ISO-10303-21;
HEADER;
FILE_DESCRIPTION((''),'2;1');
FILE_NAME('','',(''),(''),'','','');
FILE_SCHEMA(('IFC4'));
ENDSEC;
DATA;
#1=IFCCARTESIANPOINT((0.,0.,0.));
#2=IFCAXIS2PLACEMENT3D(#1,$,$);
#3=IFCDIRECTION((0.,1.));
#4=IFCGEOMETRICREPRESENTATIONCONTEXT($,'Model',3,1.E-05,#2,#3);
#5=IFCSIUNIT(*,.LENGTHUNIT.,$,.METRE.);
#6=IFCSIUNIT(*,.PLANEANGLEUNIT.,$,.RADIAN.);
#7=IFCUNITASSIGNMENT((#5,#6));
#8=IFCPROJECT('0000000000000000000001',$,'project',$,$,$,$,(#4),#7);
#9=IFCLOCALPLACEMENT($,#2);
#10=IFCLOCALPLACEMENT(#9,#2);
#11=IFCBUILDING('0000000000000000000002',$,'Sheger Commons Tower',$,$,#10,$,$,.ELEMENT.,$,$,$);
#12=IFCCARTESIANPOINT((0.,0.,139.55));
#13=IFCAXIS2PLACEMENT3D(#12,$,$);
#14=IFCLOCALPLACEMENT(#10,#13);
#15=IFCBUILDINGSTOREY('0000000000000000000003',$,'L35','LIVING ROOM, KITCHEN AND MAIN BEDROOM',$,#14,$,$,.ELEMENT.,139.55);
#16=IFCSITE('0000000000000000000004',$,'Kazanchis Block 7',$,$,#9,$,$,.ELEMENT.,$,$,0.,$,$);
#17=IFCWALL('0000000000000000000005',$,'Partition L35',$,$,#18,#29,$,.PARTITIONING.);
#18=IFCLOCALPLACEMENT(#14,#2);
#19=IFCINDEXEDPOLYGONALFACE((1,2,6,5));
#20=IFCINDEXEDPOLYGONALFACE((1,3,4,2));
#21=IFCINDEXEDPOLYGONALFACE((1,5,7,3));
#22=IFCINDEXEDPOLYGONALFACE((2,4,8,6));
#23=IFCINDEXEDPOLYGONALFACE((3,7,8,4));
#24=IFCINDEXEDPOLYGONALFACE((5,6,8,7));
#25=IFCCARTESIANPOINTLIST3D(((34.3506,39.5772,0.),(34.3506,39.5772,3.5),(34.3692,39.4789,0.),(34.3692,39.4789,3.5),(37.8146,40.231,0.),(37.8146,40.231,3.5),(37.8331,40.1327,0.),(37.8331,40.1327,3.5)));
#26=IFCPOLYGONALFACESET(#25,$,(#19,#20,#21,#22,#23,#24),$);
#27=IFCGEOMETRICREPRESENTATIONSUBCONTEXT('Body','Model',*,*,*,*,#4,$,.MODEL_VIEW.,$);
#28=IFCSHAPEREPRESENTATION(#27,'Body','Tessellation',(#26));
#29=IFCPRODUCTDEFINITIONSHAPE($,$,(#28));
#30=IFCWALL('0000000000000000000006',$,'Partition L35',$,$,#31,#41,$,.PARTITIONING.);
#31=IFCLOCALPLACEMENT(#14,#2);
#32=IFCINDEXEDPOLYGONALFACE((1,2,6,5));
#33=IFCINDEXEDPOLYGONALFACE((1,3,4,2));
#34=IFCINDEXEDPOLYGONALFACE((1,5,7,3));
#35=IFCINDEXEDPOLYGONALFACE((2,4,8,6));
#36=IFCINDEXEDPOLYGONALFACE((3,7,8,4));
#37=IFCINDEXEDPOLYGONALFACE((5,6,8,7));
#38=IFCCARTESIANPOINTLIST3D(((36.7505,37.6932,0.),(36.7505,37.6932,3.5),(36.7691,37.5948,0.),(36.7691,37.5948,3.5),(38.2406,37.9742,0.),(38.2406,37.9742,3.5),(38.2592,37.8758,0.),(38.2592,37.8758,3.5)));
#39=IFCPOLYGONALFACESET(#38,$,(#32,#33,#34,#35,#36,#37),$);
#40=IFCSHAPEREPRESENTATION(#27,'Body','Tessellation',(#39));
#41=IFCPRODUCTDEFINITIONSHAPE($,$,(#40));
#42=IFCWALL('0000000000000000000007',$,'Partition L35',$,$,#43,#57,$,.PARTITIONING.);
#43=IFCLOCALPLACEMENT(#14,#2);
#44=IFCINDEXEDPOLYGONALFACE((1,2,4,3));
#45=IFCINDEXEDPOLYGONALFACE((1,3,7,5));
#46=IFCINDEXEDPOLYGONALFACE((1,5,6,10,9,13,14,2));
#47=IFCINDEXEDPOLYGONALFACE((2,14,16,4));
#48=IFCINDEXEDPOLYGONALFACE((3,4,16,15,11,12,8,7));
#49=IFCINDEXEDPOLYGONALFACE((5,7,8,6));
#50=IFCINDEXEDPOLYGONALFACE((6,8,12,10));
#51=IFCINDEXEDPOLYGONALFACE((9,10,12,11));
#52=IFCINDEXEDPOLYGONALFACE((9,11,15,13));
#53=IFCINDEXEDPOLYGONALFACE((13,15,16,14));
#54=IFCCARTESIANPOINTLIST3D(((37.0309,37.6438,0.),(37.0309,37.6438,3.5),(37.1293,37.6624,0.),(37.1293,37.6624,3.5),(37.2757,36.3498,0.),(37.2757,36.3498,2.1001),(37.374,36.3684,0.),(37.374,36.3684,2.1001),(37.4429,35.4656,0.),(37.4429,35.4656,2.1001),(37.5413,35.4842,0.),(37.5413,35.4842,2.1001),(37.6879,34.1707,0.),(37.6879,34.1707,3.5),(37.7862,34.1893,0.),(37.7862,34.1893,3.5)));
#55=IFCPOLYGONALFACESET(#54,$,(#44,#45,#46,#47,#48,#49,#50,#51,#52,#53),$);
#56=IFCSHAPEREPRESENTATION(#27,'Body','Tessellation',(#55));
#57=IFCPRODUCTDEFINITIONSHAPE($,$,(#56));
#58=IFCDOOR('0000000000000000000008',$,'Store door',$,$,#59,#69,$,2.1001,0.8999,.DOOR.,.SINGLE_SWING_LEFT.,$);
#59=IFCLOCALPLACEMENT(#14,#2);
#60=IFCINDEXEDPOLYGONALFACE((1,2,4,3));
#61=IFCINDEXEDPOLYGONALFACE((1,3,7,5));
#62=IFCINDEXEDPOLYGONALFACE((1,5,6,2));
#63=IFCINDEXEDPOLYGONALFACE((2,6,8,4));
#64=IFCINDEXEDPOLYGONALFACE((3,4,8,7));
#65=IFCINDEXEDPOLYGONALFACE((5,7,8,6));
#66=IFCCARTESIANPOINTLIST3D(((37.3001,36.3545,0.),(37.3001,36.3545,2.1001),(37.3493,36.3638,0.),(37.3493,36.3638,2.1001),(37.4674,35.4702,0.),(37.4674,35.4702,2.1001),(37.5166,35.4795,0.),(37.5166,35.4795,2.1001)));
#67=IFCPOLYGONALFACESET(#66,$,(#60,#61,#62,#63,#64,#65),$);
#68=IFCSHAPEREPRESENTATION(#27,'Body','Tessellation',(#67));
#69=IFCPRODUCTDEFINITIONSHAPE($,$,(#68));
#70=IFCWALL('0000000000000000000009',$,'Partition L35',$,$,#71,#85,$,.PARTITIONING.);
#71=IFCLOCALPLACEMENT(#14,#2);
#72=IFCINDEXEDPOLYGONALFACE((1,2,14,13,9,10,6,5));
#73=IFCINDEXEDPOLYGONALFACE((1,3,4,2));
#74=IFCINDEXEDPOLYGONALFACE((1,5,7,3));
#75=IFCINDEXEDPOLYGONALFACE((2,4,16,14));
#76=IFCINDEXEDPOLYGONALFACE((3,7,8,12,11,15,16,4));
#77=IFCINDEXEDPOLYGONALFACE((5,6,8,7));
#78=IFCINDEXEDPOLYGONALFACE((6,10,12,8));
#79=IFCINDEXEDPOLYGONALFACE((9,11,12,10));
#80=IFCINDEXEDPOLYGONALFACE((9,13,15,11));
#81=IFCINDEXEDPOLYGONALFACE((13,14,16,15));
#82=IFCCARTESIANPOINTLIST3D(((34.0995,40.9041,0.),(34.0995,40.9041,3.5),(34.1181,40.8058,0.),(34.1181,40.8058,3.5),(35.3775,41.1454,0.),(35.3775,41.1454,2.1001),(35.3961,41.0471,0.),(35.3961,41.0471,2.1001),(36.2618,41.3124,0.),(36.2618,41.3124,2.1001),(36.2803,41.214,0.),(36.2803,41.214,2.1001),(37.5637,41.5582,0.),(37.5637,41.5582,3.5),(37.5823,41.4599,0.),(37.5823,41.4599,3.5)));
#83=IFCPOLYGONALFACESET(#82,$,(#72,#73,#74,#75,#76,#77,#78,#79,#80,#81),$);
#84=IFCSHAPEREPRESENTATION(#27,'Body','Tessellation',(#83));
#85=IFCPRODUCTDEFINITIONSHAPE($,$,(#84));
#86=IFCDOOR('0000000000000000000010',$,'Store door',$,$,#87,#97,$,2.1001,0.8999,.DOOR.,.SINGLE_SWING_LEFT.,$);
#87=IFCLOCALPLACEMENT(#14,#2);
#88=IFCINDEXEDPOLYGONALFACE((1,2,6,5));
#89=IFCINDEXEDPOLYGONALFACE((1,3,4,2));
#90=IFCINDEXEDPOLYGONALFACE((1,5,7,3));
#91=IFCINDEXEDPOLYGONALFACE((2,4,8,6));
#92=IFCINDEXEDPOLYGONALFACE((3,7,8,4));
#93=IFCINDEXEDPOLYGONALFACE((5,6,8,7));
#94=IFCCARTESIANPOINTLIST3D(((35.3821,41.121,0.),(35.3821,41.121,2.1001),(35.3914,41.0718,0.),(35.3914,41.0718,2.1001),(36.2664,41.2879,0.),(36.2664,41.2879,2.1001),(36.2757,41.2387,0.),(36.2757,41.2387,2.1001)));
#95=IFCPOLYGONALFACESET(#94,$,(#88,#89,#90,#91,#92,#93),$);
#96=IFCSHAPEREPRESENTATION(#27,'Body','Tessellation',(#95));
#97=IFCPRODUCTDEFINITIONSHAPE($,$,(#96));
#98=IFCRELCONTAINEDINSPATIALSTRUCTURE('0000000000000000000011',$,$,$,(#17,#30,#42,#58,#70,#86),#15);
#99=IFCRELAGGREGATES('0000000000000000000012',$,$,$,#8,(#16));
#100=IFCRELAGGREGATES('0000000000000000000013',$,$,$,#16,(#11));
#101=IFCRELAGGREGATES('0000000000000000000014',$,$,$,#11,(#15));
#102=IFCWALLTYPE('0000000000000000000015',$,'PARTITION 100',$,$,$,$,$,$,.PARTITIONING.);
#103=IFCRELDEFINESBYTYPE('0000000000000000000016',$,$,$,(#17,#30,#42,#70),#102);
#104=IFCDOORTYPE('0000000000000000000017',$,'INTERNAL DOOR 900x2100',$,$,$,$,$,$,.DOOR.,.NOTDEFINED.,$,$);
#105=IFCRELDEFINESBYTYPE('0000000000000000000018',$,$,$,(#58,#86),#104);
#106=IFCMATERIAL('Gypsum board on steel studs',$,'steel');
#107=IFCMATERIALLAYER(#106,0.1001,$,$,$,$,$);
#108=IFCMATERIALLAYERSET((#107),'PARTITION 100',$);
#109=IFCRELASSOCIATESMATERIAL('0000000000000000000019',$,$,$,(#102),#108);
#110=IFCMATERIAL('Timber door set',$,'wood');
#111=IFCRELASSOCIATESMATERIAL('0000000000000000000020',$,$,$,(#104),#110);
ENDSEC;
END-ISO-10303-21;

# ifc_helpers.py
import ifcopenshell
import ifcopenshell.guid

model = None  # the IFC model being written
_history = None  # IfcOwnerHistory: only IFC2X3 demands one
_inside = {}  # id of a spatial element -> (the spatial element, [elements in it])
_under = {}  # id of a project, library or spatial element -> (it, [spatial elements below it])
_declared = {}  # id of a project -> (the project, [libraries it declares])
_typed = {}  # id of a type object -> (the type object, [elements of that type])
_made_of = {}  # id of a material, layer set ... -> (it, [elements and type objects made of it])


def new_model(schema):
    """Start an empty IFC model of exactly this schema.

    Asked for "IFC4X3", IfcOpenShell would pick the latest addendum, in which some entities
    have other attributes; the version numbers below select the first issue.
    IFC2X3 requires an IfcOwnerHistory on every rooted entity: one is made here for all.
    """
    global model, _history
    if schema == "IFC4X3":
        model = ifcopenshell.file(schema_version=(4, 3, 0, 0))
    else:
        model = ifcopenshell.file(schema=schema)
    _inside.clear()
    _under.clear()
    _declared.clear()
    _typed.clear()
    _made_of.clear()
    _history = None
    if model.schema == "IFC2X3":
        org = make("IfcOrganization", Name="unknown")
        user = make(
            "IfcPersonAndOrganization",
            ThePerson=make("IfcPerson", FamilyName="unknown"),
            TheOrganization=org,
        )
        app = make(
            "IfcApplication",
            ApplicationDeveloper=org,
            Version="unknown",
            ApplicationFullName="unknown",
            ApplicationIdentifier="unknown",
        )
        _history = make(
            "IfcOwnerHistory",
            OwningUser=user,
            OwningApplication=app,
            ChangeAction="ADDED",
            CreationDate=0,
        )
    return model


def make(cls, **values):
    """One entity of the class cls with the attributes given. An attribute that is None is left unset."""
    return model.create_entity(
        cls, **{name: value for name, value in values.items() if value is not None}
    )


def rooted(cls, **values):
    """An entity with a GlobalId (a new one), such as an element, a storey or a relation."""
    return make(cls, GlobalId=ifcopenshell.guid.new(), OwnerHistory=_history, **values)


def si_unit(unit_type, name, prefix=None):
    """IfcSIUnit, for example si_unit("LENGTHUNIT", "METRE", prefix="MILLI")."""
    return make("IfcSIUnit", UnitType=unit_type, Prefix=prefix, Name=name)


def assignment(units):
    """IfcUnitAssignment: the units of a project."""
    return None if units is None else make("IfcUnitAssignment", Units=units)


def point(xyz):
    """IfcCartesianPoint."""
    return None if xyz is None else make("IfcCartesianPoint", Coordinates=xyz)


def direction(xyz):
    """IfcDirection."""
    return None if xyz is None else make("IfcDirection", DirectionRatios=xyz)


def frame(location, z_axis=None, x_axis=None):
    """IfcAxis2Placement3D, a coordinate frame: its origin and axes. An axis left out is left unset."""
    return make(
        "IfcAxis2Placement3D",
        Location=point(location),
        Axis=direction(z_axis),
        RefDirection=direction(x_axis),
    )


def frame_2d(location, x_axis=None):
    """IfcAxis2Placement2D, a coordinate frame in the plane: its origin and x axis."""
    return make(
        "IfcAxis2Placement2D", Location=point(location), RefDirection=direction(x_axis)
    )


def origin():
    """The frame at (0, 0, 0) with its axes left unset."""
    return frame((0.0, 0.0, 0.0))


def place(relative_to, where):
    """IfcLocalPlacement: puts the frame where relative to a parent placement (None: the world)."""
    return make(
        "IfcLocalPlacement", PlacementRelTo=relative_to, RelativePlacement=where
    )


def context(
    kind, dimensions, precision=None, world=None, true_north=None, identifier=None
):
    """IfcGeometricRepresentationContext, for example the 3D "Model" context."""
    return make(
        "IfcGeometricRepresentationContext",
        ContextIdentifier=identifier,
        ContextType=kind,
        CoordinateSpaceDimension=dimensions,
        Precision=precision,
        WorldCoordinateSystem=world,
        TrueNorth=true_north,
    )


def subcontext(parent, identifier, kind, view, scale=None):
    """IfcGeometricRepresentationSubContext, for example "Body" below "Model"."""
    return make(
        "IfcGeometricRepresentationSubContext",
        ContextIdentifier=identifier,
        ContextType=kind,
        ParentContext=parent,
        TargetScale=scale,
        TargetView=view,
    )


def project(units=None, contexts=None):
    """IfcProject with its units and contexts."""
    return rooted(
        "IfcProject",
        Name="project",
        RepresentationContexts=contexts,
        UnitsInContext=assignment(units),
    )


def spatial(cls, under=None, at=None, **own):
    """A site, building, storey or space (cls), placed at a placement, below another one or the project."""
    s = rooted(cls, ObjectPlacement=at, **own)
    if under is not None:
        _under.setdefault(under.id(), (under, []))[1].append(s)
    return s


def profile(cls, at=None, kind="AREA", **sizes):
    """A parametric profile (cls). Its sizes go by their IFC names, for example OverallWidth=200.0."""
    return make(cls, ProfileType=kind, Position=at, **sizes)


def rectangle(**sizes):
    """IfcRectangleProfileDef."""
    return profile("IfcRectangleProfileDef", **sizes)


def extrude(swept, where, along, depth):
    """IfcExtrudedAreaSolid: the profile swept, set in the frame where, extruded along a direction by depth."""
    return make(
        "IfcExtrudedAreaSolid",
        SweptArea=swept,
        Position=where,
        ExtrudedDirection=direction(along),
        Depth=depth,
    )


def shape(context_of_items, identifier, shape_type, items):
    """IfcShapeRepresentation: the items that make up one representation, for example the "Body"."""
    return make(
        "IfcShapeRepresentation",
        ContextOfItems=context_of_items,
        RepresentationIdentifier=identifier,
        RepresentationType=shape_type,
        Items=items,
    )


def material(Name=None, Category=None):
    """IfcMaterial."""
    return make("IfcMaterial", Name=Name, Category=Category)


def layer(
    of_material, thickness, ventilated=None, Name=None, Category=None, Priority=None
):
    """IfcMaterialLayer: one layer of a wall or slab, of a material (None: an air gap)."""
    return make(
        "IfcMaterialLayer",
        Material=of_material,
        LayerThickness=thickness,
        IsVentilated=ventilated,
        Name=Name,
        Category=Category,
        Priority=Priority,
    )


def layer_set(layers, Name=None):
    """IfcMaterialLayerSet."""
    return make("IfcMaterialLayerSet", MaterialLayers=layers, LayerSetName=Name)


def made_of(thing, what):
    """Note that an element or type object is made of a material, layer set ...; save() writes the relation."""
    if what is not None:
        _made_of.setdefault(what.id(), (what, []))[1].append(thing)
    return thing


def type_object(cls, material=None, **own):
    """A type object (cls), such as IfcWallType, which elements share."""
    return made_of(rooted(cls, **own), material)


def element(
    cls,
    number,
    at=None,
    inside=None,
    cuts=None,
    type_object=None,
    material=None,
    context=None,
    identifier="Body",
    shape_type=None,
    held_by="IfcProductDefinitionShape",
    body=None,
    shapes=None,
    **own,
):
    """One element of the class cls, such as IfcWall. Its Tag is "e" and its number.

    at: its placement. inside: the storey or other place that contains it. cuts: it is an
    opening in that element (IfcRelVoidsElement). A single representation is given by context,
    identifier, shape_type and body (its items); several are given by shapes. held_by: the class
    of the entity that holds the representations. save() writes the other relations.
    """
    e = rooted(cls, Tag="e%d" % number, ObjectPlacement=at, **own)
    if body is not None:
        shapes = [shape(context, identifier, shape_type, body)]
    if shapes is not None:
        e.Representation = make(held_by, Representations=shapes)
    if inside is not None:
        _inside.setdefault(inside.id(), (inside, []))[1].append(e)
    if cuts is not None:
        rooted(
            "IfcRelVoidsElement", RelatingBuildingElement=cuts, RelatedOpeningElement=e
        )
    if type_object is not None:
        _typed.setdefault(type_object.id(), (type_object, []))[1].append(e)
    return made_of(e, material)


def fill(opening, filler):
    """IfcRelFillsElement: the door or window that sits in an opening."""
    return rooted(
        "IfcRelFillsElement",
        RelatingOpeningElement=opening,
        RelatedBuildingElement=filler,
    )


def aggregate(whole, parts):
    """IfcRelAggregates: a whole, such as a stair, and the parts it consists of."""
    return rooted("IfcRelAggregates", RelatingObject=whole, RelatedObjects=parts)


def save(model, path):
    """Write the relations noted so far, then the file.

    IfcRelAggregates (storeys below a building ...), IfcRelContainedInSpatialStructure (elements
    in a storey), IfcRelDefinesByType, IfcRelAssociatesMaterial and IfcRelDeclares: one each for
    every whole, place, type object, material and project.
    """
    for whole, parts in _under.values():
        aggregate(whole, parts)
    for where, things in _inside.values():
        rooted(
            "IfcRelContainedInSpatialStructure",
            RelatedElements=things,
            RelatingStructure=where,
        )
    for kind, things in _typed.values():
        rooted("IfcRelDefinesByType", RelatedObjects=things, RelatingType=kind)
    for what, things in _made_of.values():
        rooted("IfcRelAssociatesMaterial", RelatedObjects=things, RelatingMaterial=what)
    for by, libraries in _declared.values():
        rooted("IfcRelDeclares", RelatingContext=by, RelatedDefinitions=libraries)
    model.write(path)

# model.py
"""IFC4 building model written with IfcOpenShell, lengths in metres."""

from ifc_helpers import new_model, si_unit, direction, frame, frame_2d, origin, place, context, subcontext, project, spatial, rectangle, extrude, material, layer, layer_set, type_object, element, fill, save


model = new_model("IFC4")

# Units and contexts
model_context = context("Model", 3, precision=1e-05, world=origin(), true_north=direction((0.0, 1.0)))
body_context = subcontext(model_context, "Body", "Model", "MODEL_VIEW")
ifc_project = project(units=[si_unit("LENGTHUNIT", "METRE"), si_unit("PLANEANGLEUNIT", "RADIAN")], contexts=[model_context])

# Site, building, storey
site_placement = place(None, origin())
site = spatial("IfcSite", under=ifc_project, at=site_placement, Name="Kazanchis Block 7", CompositionType="ELEMENT", RefElevation=0.0)
building_placement = place(site_placement, origin())
building = spatial("IfcBuilding", under=site, at=building_placement, Name="Sheger Commons Tower", CompositionType="ELEMENT")
storey_placement = place(building_placement, frame((0.0, 0.0, 139.55)))
storey = spatial("IfcBuildingStorey", under=building, at=storey_placement, Name="L35", Description="LIVING ROOM, KITCHEN AND MAIN BEDROOM", CompositionType="ELEMENT", Elevation=139.55)

# Shared definitions
ifc_material_1 = material(Name="Gypsum board on steel studs", Category="steel")
ifc_layer = layer(ifc_material_1, 0.1001)
ifc_layer_set = layer_set([ifc_layer], Name="PARTITION 100")
wall_type = type_object("IfcWallType", Name="PARTITION 100", PredefinedType="PARTITIONING", material=ifc_layer_set)

# Shared definitions
ifc_material_2 = material(Name="Timber door set", Category="wood")
door_type = type_object("IfcDoorType", Name="INTERNAL DOOR 900x2100", OperationType="NOTDEFINED", PredefinedType="DOOR", material=ifc_material_2)

# Walls
wall_1_placement = place(storey_placement, frame((37.824, 40.1819, 0.0), z_axis=(0.0, 0.0, 1.0), x_axis=(-0.982649, -0.185476, 0.0)))
element("IfcWall", 1, at=wall_1_placement, inside=storey, type_object=wall_type, Name="Partition L35", PredefinedType="PARTITIONING", context=body_context, shape_type="SweptSolid", body=[
    extrude(rectangle(XDim=3.5251, YDim=0.1001, at=frame_2d((1.7627, 0.0))), origin(), (0.0, 0.0, 1.0), 3.5),
])
wall_2_placement = place(storey_placement, frame((38.25, 37.925, 0.0), z_axis=(0.0, 0.0, 1.0), x_axis=(-0.982677, -0.185329, 0.0)))
element("IfcWall", 2, at=wall_2_placement, inside=storey, type_object=wall_type, Name="Partition L35", PredefinedType="PARTITIONING", context=body_context, shape_type="SweptSolid", body=[
    extrude(rectangle(XDim=1.5164, YDim=0.1001, at=frame_2d((0.7583, 0.0))), origin(), (0.0, 0.0, 1.0), 3.5),
])

# Walls, openings, doors
wall_3_placement = place(storey_placement, frame((37.0801, 37.6531, 0.0), z_axis=(0.0, 0.0, 1.0), x_axis=(0.185865, -0.982575, 0.0)))
wall_3 = element("IfcWall", 3, at=wall_3_placement, inside=storey, type_object=wall_type, Name="Partition L35", PredefinedType="PARTITIONING", context=body_context, shape_type="SweptSolid", body=[
    extrude(rectangle(XDim=3.5347, YDim=0.1001, at=frame_2d((1.7673, 0.0))), origin(), (0.0, 0.0, 1.0), 3.5),
])
opening_1_placement = place(wall_3_placement, frame((1.3169, 0.0, 0.0)))
opening_1 = element("IfcOpeningElement", 4, at=opening_1_placement, cuts=wall_3, PredefinedType="OPENING", context=body_context, shape_type="SweptSolid", body=[
    extrude(rectangle(XDim=0.8999, YDim=2.1001, at=frame_2d((0.45, 1.05))), frame((0.0, 0.0601, 0.0), z_axis=(0.0, -1.0, 0.0), x_axis=(1.0, 0.0, 0.0)), (0.0, 0.0, 1.0), 0.1201),
])
door_1_placement = place(opening_1_placement, origin())
door_1 = element("IfcDoor", 5, at=door_1_placement, inside=storey, type_object=door_type, Name="Store door", OperationType="SINGLE_SWING_LEFT", OverallHeight=2.1001, OverallWidth=0.8999, PredefinedType="DOOR", context=body_context, shape_type="SweptSolid", body=[
    extrude(rectangle(XDim=0.8999, YDim=2.1001, at=frame_2d((0.45, 1.05))), frame((0.0, 0.0249, 0.0), z_axis=(0.0, -1.0, 0.0), x_axis=(1.0, 0.0, 0.0)), (0.0, 0.0, 1.0), 0.05),
])
fill(opening_1, door_1)
wall_4_placement = place(storey_placement, frame((37.573, 41.509, 0.0), z_axis=(0.0, 0.0, 1.0), x_axis=(-0.982639, -0.18553, 0.0)))
wall_4 = element("IfcWall", 6, at=wall_4_placement, inside=storey, type_object=wall_type, Name="Partition L35", PredefinedType="PARTITIONING", context=body_context, shape_type="SweptSolid", body=[
    extrude(rectangle(XDim=3.5254, YDim=0.1001, at=frame_2d((1.7627, 0.0))), origin(), (0.0, 0.0, 1.0), 3.5),
])
opening_2_placement = place(wall_4_placement, frame((1.325, 0.0, 0.0)))
opening_2 = element("IfcOpeningElement", 7, at=opening_2_placement, cuts=wall_4, PredefinedType="OPENING", context=body_context, shape_type="SweptSolid", body=[
    extrude(rectangle(XDim=0.8999, YDim=2.1001, at=frame_2d((0.45, 1.05))), frame((0.0, 0.0601, 0.0), z_axis=(0.0, -1.0, 0.0), x_axis=(1.0, 0.0, 0.0)), (0.0, 0.0, 1.0), 0.1201),
])
door_2_placement = place(opening_2_placement, origin())
door_2 = element("IfcDoor", 8, at=door_2_placement, inside=storey, type_object=door_type, Name="Store door", OperationType="SINGLE_SWING_LEFT", OverallHeight=2.1001, OverallWidth=0.8999, PredefinedType="DOOR", context=body_context, shape_type="SweptSolid", body=[
    extrude(rectangle(XDim=0.8999, YDim=2.1001, at=frame_2d((0.45, 1.05))), frame((0.0, 0.0249, 0.0), z_axis=(0.0, -1.0, 0.0), x_axis=(1.0, 0.0, 0.0)), (0.0, 0.0, 1.0), 0.05),
])
fill(opening_2, door_2)

save(model, "model.ifc")
